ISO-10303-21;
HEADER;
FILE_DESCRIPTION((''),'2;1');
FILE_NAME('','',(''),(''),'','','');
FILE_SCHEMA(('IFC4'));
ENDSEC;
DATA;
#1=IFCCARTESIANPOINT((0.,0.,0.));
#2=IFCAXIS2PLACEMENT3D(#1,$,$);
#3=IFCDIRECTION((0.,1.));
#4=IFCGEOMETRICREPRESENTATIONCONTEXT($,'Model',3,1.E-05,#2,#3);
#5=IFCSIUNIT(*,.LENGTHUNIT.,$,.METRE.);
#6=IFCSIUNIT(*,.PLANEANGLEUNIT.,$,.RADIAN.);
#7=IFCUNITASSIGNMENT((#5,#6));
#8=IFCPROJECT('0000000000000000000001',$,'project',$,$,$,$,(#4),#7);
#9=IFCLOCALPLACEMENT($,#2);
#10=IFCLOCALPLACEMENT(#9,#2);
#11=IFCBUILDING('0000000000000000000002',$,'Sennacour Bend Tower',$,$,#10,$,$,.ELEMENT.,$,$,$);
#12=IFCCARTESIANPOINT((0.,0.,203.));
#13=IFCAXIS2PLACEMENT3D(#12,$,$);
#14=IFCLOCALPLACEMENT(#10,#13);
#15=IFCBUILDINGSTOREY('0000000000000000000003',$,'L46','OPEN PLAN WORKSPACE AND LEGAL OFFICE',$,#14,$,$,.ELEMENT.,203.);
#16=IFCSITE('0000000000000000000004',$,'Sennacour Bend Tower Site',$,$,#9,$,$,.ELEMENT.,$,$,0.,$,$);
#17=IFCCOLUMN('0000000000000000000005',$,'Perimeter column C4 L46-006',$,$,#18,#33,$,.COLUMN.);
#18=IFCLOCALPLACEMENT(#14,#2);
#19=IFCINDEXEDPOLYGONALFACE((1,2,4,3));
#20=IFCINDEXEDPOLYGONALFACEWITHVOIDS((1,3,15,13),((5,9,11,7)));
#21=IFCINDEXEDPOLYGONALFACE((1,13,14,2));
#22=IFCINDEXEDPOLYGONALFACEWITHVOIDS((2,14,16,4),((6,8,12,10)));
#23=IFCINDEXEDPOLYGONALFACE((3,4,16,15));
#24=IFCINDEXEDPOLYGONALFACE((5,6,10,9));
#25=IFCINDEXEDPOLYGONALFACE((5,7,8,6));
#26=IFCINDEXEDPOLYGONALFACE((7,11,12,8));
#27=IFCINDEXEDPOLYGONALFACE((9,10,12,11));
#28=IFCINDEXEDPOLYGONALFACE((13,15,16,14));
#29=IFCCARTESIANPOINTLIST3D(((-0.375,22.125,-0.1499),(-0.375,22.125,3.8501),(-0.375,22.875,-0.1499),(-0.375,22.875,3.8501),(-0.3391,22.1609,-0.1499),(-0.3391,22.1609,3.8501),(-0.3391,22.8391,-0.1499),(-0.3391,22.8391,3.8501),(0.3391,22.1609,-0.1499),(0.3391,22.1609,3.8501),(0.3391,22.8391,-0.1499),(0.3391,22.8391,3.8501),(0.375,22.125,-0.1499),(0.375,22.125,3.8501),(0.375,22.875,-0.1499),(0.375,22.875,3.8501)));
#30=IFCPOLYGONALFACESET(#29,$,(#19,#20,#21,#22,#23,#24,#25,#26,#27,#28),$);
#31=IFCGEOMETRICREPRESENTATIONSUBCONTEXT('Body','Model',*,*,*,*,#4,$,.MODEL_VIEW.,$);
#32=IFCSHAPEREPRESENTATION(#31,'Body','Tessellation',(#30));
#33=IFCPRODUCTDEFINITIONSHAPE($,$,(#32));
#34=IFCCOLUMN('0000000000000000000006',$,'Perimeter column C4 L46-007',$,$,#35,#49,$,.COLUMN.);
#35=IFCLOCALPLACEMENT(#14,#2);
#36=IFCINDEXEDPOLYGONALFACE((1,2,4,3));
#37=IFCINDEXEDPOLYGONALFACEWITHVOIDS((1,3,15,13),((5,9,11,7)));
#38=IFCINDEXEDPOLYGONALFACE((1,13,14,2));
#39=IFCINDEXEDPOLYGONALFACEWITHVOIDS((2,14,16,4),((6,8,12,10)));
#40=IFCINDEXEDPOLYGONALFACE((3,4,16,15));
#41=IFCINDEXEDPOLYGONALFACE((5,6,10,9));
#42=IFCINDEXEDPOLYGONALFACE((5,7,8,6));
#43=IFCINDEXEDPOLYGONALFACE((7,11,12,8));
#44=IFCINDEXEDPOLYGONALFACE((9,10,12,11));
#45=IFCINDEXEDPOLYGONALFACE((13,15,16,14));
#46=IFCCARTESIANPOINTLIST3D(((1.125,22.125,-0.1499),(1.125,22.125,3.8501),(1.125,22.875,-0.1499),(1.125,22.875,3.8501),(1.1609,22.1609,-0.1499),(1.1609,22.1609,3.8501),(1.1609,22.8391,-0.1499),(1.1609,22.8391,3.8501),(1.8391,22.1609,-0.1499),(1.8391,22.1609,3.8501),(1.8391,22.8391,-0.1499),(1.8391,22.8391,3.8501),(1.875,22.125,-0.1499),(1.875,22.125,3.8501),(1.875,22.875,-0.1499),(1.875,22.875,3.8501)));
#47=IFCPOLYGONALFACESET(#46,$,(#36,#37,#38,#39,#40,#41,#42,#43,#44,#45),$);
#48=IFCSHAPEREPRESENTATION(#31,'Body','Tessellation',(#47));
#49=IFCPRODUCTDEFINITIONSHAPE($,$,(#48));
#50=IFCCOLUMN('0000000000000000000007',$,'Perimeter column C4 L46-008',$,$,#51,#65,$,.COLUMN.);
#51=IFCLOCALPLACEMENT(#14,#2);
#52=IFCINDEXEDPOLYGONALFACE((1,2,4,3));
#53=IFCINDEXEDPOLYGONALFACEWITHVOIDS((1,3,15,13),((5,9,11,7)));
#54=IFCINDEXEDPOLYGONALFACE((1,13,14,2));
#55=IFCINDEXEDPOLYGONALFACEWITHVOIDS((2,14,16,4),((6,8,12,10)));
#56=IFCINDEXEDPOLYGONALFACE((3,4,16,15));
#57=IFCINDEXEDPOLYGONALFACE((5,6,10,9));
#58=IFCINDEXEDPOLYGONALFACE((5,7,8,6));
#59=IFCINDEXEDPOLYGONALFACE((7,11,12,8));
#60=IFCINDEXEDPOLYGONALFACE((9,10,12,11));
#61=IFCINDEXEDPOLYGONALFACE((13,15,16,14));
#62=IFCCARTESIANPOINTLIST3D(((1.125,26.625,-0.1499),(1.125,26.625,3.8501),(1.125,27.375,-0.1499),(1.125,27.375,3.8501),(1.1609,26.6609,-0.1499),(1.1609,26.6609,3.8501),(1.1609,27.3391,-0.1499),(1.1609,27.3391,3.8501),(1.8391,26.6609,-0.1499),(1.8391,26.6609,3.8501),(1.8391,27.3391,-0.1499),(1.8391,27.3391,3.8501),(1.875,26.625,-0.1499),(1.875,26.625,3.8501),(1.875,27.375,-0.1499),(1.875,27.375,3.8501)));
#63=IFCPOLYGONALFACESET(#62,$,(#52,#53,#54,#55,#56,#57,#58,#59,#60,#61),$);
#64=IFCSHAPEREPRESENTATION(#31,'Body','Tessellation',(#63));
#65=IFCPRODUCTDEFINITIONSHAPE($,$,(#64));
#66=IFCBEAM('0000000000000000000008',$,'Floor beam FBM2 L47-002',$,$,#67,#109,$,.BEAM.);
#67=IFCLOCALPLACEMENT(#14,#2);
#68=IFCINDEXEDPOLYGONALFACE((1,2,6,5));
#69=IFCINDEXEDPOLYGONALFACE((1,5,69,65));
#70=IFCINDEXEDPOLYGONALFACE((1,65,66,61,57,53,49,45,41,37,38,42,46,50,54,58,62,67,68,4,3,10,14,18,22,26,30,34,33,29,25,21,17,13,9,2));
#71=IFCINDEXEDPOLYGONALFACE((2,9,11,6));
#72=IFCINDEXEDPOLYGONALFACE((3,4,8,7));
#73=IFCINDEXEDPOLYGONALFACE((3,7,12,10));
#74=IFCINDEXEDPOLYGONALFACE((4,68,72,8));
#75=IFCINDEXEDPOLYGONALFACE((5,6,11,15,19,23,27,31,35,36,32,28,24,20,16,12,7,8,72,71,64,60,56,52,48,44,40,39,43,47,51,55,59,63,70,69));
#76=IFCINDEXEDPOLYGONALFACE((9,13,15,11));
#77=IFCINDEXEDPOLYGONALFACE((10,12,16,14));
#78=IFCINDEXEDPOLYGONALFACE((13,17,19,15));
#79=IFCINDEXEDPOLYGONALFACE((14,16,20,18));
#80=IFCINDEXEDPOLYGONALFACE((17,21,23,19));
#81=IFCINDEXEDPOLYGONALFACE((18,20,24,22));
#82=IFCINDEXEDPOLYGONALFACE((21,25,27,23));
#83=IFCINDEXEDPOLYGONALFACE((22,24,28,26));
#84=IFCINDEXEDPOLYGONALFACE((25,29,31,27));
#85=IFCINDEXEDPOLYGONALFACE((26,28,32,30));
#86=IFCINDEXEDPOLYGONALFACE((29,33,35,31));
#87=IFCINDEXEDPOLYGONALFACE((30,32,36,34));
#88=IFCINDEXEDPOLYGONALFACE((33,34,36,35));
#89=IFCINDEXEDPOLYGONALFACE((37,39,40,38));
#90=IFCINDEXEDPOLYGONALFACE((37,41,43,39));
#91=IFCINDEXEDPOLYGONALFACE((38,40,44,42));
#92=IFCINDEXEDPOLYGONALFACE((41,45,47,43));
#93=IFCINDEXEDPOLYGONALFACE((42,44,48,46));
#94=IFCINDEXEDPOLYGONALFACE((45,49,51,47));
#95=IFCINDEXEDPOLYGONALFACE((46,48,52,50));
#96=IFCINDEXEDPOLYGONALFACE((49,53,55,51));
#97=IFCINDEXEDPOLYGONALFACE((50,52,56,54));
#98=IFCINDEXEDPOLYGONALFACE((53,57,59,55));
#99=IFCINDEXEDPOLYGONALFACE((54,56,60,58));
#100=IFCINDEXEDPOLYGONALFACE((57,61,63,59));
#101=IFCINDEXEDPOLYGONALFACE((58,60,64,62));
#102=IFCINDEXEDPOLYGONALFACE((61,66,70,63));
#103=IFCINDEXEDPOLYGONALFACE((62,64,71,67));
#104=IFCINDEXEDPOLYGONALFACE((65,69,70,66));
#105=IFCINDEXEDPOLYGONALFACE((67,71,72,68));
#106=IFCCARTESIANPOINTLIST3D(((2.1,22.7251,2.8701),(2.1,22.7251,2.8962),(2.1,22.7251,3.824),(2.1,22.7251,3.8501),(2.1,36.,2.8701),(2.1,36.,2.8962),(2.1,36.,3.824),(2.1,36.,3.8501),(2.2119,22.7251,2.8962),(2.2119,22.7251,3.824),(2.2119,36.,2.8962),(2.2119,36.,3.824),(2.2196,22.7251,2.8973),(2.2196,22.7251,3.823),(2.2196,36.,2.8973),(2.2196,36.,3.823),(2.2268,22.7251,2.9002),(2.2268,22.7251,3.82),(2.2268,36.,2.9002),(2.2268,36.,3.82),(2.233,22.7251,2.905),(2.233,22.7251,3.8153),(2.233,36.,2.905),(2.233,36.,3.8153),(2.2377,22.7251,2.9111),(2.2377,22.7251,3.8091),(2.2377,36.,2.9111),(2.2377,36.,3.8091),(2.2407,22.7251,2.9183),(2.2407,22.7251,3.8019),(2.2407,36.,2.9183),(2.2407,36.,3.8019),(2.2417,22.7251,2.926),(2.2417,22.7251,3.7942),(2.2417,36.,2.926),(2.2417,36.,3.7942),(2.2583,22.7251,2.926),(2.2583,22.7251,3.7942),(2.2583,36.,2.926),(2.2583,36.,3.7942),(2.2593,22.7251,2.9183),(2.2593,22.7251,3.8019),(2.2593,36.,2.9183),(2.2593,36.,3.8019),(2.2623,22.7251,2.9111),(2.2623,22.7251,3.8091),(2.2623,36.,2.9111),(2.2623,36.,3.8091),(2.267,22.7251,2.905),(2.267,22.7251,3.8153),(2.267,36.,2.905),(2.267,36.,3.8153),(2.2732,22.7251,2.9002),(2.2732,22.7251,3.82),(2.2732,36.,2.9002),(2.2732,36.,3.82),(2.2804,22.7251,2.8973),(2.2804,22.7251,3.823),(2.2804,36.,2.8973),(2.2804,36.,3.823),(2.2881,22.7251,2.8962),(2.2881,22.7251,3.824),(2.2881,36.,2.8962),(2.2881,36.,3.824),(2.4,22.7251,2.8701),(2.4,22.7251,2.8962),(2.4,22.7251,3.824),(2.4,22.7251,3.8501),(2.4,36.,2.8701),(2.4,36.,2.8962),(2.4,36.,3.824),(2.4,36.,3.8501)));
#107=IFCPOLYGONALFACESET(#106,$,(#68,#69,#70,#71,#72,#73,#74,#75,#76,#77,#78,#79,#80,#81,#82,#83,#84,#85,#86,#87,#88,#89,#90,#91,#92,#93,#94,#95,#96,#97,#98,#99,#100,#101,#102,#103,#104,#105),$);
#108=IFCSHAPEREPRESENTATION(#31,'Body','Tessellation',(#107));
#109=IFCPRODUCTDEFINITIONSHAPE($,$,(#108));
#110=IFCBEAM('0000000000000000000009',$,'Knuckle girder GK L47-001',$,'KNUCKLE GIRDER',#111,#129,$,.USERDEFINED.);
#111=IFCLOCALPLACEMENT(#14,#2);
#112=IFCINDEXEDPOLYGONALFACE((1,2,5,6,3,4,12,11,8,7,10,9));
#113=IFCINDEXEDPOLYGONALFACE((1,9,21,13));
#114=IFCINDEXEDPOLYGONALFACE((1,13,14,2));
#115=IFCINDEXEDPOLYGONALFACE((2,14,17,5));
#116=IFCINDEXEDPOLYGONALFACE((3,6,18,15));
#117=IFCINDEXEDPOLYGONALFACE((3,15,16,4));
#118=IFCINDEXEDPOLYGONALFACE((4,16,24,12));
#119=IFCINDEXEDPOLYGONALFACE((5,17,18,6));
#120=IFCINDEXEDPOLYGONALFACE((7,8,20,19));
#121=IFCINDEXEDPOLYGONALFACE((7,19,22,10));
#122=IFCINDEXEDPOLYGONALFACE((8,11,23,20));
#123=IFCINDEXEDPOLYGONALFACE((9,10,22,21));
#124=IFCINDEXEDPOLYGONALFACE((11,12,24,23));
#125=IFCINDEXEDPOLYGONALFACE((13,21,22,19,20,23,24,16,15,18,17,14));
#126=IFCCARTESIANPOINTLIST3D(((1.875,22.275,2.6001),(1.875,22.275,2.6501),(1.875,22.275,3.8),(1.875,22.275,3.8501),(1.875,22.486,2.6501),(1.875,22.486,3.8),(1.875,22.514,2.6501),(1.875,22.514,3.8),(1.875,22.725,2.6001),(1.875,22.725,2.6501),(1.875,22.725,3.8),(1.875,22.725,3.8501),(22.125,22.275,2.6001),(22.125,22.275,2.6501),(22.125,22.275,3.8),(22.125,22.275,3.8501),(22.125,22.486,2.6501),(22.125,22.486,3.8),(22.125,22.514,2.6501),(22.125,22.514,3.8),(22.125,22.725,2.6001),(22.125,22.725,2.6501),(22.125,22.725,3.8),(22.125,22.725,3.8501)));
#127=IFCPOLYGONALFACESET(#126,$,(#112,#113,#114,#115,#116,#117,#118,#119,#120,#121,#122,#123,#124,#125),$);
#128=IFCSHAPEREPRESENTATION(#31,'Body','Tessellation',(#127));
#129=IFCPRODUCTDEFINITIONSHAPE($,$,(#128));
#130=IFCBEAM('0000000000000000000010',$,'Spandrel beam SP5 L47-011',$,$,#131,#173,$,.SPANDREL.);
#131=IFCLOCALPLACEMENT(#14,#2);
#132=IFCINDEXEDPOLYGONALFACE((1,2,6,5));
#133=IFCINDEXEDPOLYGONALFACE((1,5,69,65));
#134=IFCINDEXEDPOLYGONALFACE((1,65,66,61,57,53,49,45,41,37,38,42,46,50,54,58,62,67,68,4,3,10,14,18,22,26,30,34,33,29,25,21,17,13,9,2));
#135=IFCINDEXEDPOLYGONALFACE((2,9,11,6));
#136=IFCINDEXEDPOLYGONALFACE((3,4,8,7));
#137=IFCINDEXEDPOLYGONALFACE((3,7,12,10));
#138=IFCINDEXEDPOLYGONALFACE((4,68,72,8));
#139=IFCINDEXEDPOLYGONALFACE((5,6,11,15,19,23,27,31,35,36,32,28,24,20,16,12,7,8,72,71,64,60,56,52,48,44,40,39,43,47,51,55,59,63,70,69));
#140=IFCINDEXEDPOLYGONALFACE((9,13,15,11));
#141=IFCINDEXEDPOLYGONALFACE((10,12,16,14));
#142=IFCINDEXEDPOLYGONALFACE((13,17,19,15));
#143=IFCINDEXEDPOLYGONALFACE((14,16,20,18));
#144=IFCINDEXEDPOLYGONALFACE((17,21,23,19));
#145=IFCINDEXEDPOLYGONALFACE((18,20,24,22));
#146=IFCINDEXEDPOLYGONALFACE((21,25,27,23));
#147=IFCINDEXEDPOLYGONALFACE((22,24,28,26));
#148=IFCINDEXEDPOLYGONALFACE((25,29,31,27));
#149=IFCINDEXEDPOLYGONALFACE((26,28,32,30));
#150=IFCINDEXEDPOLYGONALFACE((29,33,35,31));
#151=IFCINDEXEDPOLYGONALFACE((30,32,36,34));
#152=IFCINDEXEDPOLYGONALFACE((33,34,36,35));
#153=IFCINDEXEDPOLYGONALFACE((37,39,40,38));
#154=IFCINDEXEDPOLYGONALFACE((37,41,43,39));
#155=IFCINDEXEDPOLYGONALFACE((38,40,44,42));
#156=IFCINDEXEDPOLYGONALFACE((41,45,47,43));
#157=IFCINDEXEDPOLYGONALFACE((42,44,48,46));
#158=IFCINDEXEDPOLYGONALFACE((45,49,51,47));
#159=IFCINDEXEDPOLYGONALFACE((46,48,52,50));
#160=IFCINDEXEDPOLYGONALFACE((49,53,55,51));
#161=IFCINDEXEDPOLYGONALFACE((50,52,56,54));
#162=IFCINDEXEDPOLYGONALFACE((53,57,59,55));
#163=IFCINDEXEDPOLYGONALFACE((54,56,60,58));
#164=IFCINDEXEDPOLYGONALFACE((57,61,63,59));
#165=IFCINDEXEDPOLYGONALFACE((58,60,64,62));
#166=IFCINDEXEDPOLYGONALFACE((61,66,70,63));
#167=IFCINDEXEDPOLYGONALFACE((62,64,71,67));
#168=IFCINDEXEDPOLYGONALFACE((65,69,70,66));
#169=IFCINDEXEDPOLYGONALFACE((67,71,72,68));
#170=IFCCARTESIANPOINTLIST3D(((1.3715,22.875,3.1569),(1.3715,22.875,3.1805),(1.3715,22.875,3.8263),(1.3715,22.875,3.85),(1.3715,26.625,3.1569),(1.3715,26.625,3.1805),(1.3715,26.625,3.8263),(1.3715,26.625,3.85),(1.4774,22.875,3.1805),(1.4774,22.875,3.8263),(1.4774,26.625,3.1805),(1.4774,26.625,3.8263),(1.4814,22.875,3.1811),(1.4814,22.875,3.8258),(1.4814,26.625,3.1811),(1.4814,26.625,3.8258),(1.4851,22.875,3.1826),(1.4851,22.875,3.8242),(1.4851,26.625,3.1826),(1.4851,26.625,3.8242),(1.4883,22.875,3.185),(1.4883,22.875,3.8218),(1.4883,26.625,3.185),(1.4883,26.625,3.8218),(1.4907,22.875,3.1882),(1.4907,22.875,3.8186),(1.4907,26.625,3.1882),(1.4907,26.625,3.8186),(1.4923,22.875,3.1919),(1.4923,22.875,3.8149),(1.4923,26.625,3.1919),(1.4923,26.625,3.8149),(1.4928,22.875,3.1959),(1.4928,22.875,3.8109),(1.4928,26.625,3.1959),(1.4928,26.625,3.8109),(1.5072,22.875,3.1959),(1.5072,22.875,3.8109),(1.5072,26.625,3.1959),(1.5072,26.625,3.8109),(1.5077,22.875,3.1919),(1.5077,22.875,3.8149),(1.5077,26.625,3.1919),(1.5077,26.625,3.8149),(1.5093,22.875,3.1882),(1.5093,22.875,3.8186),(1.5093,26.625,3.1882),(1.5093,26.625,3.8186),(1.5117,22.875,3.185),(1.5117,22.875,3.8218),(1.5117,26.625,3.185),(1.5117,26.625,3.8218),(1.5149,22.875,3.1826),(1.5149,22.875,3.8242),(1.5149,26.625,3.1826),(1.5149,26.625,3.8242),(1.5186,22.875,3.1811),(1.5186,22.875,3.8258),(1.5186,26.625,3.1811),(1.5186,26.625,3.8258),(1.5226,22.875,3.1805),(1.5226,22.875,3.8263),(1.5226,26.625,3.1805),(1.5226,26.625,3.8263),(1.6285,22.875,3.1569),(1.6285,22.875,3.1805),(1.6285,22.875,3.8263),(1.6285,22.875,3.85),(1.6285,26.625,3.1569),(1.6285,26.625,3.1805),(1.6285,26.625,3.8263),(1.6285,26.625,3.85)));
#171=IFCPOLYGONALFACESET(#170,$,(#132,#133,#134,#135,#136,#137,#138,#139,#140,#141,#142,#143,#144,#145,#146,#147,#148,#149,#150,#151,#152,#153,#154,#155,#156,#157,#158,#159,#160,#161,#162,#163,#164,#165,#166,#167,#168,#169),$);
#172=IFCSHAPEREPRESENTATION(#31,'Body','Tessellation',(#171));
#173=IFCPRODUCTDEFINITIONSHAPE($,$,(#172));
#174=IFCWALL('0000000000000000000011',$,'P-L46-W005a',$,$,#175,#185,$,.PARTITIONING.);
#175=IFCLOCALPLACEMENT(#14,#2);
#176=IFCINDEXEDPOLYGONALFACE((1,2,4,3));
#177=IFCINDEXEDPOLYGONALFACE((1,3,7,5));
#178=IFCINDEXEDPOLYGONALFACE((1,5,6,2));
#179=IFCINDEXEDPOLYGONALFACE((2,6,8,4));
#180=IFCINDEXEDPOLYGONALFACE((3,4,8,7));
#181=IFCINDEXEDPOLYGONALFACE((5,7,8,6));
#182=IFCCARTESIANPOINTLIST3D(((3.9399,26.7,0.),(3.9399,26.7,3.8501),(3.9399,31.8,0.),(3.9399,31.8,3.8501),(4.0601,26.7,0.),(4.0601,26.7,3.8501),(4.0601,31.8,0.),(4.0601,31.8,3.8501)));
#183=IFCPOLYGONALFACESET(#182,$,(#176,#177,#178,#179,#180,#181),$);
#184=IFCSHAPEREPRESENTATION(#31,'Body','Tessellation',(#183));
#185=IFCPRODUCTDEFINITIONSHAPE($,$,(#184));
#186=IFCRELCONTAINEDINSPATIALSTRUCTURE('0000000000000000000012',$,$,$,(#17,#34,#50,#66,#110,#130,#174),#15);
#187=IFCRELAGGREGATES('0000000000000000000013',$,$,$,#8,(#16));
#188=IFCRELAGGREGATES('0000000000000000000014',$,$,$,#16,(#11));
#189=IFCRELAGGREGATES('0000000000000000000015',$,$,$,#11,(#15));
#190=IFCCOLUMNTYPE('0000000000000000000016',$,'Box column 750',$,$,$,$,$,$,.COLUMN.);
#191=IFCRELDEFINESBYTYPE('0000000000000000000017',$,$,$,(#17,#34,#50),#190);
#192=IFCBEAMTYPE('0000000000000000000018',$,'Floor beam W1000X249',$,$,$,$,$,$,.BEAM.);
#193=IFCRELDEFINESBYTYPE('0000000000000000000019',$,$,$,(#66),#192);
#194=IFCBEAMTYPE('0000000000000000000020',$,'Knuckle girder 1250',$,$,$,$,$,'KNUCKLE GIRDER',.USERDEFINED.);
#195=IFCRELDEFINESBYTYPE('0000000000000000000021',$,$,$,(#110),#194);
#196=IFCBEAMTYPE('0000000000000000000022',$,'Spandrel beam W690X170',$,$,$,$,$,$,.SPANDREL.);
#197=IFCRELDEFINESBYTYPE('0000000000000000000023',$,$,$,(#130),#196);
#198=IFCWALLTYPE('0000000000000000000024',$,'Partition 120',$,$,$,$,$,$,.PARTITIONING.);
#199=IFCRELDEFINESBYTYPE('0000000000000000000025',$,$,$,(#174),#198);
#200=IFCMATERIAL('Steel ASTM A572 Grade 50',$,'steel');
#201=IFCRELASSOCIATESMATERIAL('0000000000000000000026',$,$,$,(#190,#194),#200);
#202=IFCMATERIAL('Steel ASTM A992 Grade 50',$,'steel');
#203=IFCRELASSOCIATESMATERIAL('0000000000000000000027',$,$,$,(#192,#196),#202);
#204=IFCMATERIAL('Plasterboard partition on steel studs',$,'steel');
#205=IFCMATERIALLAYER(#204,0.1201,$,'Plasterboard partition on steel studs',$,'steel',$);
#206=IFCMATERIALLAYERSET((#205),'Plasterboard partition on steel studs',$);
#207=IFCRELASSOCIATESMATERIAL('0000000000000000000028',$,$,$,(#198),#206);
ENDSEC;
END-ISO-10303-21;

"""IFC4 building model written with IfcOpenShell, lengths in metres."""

from ifc_helpers import new_model, si_unit, direction, frame, frame_2d, origin, origin_2d, place, context, subcontext, project, spatial, rectangle, hollow_rectangle, i_section, extrude, material, layer, layer_set, material_profile, profile_set, type_object, element, save


model = new_model("IFC4")

# Units and contexts
model_context = context("Model", 3, precision=1e-05, world=origin(), true_north=direction((0.0, 1.0)))
body_context = subcontext(model_context, "Body", "Model", "MODEL_VIEW")
ifc_project = project(units=[si_unit("LENGTHUNIT", "METRE"), si_unit("PLANEANGLEUNIT", "RADIAN")], contexts=[model_context])

# Site, building, storey
site_placement = place(None, origin())
site = spatial("IfcSite", under=ifc_project, at=site_placement, Name="Sennacour Bend Tower Site", CompositionType="ELEMENT", RefElevation=0.0)
building_placement = place(site_placement, origin())
building = spatial("IfcBuilding", under=site, at=building_placement, Name="Sennacour Bend Tower", CompositionType="ELEMENT")
storey_placement = place(building_placement, frame((0.0, 0.0, 203.0)))
storey = spatial("IfcBuildingStorey", under=building, at=storey_placement, Name="L46", Description="OPEN PLAN WORKSPACE AND LEGAL OFFICE", CompositionType="ELEMENT", Elevation=203.0)

# Columns
ifc_material_1 = material(Name="Steel ASTM A572 Grade 50", Category="steel")
ifc_material_profile_1 = material_profile(ifc_material_1, hollow_rectangle(XDim=0.75, YDim=0.75, WallThickness=0.0359, at=origin_2d()), Name="Steel ASTM A572 Grade 50", Category="steel")
ifc_profile_set_1 = profile_set([ifc_material_profile_1], Name="Steel ASTM A572 Grade 50")
column_type = type_object("IfcColumnType", Name="Box column 750", PredefinedType="COLUMN", material=ifc_profile_set_1)
for number, where, z_axis, x_axis, name in (
    (1, (0.0, 22.5, -0.1499), (0.0, 0.0, 1.0), (1.0, 0.0, 0.0), "Perimeter column C4 L46-006"),
    (2, (1.5, 22.5, -0.1499), (0.0, 0.0, 1.0), (1.0, 0.0, 0.0), "Perimeter column C4 L46-007"),
    (3, (1.5, 27.0, -0.1499), (0.0, 0.0, 1.0), (1.0, 0.0, 0.0), "Perimeter column C4 L46-008"),
):
    element("IfcColumn", number, at=place(storey_placement, frame(where, z_axis=z_axis, x_axis=x_axis)), inside=storey, type_object=column_type, Name=name, PredefinedType="COLUMN", context=body_context, shape_type="SweptSolid", body=[
        extrude(hollow_rectangle(XDim=0.75, YDim=0.75, WallThickness=0.0359, at=origin_2d()), origin(), (0.0, 0.0, 1.0), 4.0),
    ])

# Beams
ifc_material_2 = material(Name="Steel ASTM A992 Grade 50", Category="steel")
ifc_material_profile_2 = material_profile(ifc_material_2, i_section(OverallWidth=0.3, OverallDepth=0.98, WebThickness=0.0166, FlangeThickness=0.0261, FilletRadius=0.0298, at=origin_2d()), Name="Steel ASTM A992 Grade 50", Category="steel")
ifc_profile_set_2 = profile_set([ifc_material_profile_2], Name="Steel ASTM A992 Grade 50")
beam_type_1 = type_object("IfcBeamType", Name="Floor beam W1000X249", PredefinedType="BEAM", material=ifc_profile_set_2)
beam_1_placement = place(storey_placement, frame((2.25, 22.7251, 3.3601), z_axis=(0.0, 1.0, 0.0), x_axis=(-1.0, 0.0, 0.0)))
element("IfcBeam", 4, at=beam_1_placement, inside=storey, type_object=beam_type_1, Name="Floor beam FBM2 L47-002", PredefinedType="BEAM", context=body_context, shape_type="SweptSolid", body=[
    extrude(i_section(OverallWidth=0.3, OverallDepth=0.98, WebThickness=0.0166, FlangeThickness=0.0261, FilletRadius=0.0298, at=origin_2d()), origin(), (0.0, 0.0, 1.0), 13.2749),
])
ifc_material_profile_3 = material_profile(ifc_material_1, i_section(OverallWidth=0.45, OverallDepth=1.25, WebThickness=0.0281, FlangeThickness=0.05, at=origin_2d()), Name="Steel ASTM A572 Grade 50", Category="steel")
ifc_profile_set_3 = profile_set([ifc_material_profile_3], Name="Steel ASTM A572 Grade 50")
beam_type_2 = type_object("IfcBeamType", Name="Knuckle girder 1250", ElementType="KNUCKLE GIRDER", PredefinedType="USERDEFINED", material=ifc_profile_set_3)
beam_2_placement = place(storey_placement, frame((1.875, 22.5, 3.2251), z_axis=(1.0, 0.0, 0.0), x_axis=(0.0, 1.0, 0.0)))
element("IfcBeam", 5, at=beam_2_placement, inside=storey, type_object=beam_type_2, Name="Knuckle girder GK L47-001", ObjectType="KNUCKLE GIRDER", PredefinedType="USERDEFINED", context=body_context, shape_type="SweptSolid", body=[
    extrude(i_section(OverallWidth=0.45, OverallDepth=1.25, WebThickness=0.0281, FlangeThickness=0.05, at=origin_2d()), origin(), (0.0, 0.0, 1.0), 20.25),
])
ifc_material_profile_4 = material_profile(ifc_material_2, i_section(OverallWidth=0.2571, OverallDepth=0.6931, WebThickness=0.0144, FlangeThickness=0.0237, FilletRadius=0.0154, at=origin_2d()), Name="Steel ASTM A992 Grade 50", Category="steel")
ifc_profile_set_4 = profile_set([ifc_material_profile_4], Name="Steel ASTM A992 Grade 50")
beam_type_3 = type_object("IfcBeamType", Name="Spandrel beam W690X170", PredefinedType="SPANDREL", material=ifc_profile_set_4)
beam_3_placement = place(storey_placement, frame((1.5, 22.875, 3.5034), z_axis=(0.0, 1.0, 0.0), x_axis=(-1.0, 0.0, 0.0)))
element("IfcBeam", 6, at=beam_3_placement, inside=storey, type_object=beam_type_3, Name="Spandrel beam SP5 L47-011", PredefinedType="SPANDREL", context=body_context, shape_type="SweptSolid", body=[
    extrude(i_section(OverallWidth=0.2571, OverallDepth=0.6931, WebThickness=0.0144, FlangeThickness=0.0237, FilletRadius=0.0154, at=origin_2d()), origin(), (0.0, 0.0, 1.0), 3.75),
])

# Wall
ifc_material_3 = material(Name="Plasterboard partition on steel studs", Category="steel")
ifc_layer_1 = layer(ifc_material_3, 0.1201, Name="Plasterboard partition on steel studs", Category="steel")
ifc_layer_set_1 = layer_set([ifc_layer_1], Name="Plasterboard partition on steel studs")
wall_type_1 = type_object("IfcWallType", Name="Partition 120", PredefinedType="PARTITIONING", material=ifc_layer_set_1)
wall_1_placement = place(storey_placement, frame((4.0, 26.7, 0.0), z_axis=(0.0, 0.0, 1.0), x_axis=(0.0, 1.0, 0.0)))
element("IfcWall", 7, at=wall_1_placement, inside=storey, type_object=wall_type_1, Name="P-L46-W005a", PredefinedType="PARTITIONING", context=body_context, shape_type="SweptSolid", body=[
    extrude(rectangle(XDim=5.1001, YDim=0.1201, at=frame_2d((2.55, 0.0))), origin(), (0.0, 0.0, 1.0), 3.8501),
])

save(model, "model.ifc")
